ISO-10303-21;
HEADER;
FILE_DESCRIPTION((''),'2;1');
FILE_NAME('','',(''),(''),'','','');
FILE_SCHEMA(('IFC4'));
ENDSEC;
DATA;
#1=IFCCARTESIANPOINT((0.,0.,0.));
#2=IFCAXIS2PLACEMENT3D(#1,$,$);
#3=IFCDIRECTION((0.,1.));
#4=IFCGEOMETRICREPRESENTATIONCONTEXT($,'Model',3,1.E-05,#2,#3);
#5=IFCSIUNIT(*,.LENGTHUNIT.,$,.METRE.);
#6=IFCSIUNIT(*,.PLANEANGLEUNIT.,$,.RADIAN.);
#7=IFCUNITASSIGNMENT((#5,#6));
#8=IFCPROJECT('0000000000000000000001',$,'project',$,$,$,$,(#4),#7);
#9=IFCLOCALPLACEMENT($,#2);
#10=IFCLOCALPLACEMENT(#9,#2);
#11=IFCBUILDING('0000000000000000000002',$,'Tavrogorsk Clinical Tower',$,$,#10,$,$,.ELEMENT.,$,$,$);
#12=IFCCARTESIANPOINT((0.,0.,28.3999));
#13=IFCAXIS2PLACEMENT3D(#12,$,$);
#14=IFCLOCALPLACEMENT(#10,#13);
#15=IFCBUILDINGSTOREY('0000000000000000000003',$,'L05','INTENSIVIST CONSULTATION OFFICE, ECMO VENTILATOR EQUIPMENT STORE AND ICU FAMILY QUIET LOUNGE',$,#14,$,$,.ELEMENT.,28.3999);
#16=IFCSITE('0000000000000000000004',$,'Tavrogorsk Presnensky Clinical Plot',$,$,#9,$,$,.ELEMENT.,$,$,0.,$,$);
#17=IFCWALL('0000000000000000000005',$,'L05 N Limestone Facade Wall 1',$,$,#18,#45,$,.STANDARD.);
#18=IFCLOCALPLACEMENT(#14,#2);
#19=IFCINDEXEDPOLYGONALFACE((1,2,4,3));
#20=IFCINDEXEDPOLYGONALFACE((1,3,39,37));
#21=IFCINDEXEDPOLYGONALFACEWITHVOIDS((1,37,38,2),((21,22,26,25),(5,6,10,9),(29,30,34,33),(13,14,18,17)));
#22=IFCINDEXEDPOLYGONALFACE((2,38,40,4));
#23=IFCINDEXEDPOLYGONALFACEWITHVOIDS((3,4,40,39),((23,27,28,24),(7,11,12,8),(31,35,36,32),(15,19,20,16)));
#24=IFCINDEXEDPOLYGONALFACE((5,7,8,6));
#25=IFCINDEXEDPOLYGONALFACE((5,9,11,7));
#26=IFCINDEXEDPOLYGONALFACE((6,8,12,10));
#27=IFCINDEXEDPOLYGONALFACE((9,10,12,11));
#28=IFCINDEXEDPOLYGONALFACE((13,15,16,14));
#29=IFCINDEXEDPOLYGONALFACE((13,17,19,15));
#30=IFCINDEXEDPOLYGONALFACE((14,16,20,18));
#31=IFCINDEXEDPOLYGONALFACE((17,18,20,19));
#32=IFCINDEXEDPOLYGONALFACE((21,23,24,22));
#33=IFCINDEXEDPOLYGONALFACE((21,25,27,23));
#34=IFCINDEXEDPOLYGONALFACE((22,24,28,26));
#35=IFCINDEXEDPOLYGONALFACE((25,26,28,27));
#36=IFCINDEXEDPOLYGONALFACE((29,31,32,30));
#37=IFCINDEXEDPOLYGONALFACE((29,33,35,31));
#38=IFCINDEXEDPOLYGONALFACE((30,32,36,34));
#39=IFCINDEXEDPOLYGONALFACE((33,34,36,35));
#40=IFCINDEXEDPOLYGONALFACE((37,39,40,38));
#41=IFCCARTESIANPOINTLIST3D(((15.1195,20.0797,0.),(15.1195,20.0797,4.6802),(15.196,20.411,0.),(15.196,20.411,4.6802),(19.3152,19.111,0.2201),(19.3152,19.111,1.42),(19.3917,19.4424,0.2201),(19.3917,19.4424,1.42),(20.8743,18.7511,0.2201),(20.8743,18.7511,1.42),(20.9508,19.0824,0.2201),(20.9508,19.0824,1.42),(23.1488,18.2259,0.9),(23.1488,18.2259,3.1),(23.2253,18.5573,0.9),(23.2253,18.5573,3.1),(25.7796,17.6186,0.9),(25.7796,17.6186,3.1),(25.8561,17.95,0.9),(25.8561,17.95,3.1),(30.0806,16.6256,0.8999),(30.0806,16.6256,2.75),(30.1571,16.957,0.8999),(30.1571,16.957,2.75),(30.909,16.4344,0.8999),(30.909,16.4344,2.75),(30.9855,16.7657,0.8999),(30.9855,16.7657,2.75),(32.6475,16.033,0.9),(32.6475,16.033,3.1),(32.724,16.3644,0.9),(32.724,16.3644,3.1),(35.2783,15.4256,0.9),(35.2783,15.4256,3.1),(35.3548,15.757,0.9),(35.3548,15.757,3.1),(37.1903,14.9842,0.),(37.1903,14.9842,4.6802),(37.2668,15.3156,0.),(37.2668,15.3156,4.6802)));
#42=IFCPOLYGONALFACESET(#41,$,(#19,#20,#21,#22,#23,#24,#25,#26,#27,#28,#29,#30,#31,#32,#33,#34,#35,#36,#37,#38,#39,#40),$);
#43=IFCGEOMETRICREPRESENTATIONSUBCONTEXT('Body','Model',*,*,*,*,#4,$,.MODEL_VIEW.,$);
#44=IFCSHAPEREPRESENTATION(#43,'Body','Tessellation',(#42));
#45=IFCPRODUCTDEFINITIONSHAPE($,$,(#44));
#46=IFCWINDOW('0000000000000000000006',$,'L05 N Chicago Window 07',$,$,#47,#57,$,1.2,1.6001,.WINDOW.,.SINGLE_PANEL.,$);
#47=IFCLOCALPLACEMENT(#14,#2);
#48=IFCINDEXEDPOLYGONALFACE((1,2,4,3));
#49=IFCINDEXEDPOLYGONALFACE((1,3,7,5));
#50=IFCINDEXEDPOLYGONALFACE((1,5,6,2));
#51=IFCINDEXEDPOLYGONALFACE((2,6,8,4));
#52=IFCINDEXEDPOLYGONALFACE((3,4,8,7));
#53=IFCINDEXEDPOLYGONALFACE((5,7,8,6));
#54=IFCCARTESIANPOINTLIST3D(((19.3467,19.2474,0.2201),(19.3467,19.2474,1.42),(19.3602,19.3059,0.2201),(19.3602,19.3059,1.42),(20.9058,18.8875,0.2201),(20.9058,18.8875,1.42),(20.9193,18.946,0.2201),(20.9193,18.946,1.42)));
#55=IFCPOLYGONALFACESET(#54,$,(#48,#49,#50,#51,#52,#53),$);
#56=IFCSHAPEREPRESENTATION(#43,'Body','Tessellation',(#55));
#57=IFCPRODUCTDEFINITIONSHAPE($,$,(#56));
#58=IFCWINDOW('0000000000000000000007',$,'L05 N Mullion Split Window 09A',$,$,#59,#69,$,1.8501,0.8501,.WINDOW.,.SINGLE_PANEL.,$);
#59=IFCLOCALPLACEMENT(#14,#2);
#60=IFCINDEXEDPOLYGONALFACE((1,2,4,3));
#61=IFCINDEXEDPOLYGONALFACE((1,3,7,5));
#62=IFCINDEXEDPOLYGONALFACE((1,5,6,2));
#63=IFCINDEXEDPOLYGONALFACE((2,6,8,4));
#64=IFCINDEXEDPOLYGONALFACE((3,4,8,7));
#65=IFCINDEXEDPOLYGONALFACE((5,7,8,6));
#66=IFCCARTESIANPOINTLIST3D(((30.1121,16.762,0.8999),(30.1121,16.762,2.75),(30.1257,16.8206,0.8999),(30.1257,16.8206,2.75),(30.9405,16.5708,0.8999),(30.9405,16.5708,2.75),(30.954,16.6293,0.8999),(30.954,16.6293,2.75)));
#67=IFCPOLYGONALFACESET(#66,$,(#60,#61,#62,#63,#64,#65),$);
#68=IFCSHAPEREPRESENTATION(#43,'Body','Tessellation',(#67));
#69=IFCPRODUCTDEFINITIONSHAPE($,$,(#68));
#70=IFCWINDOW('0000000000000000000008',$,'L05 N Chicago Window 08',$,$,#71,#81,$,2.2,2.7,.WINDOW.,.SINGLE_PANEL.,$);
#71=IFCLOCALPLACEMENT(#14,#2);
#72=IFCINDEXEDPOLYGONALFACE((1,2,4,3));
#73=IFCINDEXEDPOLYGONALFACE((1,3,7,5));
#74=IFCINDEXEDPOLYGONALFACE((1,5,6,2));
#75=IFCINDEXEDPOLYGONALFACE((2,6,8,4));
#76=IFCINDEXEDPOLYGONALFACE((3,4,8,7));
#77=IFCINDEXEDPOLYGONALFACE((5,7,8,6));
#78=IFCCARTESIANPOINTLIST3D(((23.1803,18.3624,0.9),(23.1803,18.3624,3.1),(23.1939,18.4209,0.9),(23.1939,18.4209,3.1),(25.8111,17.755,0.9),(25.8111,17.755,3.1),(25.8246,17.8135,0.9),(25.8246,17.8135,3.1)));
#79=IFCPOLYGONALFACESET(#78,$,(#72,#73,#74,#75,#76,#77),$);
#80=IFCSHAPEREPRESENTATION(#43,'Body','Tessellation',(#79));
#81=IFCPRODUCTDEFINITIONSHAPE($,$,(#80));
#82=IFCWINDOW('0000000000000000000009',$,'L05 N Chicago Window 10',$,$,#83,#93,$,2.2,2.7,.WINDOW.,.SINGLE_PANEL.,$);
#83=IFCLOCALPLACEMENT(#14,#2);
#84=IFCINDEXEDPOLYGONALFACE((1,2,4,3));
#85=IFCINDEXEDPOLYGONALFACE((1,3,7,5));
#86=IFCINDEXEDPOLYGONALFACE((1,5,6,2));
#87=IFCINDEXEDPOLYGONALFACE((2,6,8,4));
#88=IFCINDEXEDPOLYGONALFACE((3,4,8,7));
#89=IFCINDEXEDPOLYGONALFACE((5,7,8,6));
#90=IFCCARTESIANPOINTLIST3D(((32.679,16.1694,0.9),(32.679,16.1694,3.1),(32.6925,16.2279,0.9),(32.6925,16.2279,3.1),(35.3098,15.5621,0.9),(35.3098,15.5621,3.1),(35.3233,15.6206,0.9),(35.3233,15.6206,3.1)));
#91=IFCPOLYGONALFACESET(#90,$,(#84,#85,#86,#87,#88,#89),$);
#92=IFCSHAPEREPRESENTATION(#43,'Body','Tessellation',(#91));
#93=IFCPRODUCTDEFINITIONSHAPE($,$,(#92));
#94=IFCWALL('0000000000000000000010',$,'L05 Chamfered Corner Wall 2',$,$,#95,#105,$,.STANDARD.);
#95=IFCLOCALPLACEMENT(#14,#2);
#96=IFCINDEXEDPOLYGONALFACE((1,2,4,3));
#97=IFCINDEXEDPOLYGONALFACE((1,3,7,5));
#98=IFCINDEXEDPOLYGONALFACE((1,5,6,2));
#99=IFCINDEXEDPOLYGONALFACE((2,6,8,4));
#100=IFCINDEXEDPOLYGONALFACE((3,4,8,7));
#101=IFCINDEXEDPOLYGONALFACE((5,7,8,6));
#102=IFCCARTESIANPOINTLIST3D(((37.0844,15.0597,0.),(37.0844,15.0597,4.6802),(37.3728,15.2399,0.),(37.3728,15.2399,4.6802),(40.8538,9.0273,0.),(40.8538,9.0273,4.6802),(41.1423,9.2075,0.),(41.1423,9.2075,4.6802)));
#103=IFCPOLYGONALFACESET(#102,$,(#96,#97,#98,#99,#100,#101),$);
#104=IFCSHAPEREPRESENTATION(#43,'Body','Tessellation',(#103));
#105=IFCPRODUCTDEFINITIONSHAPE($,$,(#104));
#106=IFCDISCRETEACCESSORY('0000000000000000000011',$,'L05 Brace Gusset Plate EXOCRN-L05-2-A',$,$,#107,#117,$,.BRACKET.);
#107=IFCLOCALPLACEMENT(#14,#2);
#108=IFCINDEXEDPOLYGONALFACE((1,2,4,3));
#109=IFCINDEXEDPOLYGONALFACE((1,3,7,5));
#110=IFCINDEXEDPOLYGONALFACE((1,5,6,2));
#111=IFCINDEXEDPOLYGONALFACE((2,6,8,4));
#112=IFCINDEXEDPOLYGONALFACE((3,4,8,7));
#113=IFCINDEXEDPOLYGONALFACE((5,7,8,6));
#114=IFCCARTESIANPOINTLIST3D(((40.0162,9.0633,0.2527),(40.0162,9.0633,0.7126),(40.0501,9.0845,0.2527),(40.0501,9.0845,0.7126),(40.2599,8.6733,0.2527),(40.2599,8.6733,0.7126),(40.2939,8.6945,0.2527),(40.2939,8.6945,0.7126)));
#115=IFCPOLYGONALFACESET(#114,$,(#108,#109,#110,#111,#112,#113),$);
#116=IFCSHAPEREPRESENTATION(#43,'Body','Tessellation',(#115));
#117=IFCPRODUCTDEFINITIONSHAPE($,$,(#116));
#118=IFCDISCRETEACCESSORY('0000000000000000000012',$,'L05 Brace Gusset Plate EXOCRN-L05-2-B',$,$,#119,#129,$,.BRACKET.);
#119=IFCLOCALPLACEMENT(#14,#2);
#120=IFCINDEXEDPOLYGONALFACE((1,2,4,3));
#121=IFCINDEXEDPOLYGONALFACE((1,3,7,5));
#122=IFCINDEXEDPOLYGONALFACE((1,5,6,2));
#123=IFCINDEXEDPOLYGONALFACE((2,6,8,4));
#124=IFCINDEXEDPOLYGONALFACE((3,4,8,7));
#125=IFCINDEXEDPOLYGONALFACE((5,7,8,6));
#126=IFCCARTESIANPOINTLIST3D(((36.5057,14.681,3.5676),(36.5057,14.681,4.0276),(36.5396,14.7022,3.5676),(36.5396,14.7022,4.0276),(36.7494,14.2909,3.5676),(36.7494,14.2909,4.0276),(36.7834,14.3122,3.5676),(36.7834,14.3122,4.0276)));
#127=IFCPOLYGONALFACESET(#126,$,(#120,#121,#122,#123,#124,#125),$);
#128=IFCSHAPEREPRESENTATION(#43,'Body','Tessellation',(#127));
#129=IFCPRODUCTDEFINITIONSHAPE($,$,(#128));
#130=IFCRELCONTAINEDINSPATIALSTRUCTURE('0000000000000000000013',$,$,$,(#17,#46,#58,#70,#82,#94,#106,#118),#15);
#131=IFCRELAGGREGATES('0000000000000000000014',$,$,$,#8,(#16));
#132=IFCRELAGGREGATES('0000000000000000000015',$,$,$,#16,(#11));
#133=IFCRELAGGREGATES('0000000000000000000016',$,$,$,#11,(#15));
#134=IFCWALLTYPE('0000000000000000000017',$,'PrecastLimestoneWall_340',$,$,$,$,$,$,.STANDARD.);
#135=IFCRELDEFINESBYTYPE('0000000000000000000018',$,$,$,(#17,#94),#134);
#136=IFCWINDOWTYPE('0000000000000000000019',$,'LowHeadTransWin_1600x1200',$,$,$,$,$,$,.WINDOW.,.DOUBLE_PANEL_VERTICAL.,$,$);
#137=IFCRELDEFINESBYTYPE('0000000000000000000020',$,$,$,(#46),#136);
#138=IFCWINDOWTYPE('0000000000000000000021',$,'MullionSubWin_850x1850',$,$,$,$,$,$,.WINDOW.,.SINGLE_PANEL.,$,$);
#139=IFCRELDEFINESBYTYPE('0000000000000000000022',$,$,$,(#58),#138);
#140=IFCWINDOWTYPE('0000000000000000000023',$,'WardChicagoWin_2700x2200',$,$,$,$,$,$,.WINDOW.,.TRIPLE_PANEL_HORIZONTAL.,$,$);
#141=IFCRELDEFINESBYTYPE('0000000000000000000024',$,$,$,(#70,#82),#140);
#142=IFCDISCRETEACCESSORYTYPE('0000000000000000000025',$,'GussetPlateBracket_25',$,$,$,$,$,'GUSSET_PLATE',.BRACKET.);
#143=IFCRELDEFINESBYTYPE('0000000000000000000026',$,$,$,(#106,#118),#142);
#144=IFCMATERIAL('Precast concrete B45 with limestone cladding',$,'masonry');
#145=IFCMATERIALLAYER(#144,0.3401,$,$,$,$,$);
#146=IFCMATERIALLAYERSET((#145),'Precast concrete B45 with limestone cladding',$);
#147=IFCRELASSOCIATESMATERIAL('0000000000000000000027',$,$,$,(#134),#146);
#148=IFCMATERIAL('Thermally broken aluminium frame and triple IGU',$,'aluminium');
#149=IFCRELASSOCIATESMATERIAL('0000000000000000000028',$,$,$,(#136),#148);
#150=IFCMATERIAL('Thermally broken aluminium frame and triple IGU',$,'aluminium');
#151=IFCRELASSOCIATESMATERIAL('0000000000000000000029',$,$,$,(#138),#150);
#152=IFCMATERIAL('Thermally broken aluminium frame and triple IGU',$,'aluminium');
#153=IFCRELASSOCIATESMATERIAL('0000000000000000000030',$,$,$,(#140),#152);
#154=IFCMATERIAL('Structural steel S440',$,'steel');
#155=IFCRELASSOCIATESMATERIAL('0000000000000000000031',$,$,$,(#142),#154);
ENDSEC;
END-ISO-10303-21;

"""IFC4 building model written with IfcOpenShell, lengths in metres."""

from ifc_helpers import new_model, si_unit, direction, frame, frame_2d, origin, origin_2d, place, context, subcontext, project, spatial, rectangle, extrude, material, layer, layer_set, type_object, element, fill, save


model = new_model("IFC4")

# Units and contexts
model_context = context("Model", 3, precision=1e-05, world=origin(), true_north=direction((0.0, 1.0)))
body_context = subcontext(model_context, "Body", "Model", "MODEL_VIEW")
ifc_project = project(units=[si_unit("LENGTHUNIT", "METRE"), si_unit("PLANEANGLEUNIT", "RADIAN")], contexts=[model_context])

# Site, building, storey
site_placement = place(None, origin())
site = spatial("IfcSite", under=ifc_project, at=site_placement, Name="Tavrogorsk Presnensky Clinical Plot", CompositionType="ELEMENT", RefElevation=0.0)
building_placement = place(site_placement, origin())
building = spatial("IfcBuilding", under=site, at=building_placement, Name="Tavrogorsk Clinical Tower", CompositionType="ELEMENT")
storey_placement = place(building_placement, frame((0.0, 0.0, 28.3999)))
storey = spatial("IfcBuildingStorey", under=building, at=storey_placement, Name="L05", Description="INTENSIVIST CONSULTATION OFFICE, ECMO VENTILATOR EQUIPMENT STORE AND ICU FAMILY QUIET LOUNGE", CompositionType="ELEMENT", Elevation=28.3999)

# Wall, openings, windows
ifc_material_1 = material(Name="Precast concrete B45 with limestone cladding", Category="masonry")
ifc_layer_1 = layer(ifc_material_1, 0.3401)
ifc_layer_set_1 = layer_set([ifc_layer_1], Name="Precast concrete B45 with limestone cladding")
wall_type_1 = type_object("IfcWallType", Name="PrecastLimestoneWall_340", PredefinedType="STANDARD", material=ifc_layer_set_1)
wall_1_placement = place(storey_placement, frame((37.2285, 15.1499, 0.0), z_axis=(0.0, 0.0, 1.0), x_axis=(-0.97437, 0.224952, 0.0)))
wall_1 = element("IfcWall", 1, at=wall_1_placement, inside=storey, type_object=wall_type_1, Name="L05 N Limestone Facade Wall 1", PredefinedType="STANDARD", context=body_context, shape_type="SweptSolid", body=[
    extrude(rectangle(XDim=22.6514, YDim=0.3401, at=frame_2d((11.3257, 0.0))), origin(), (0.0, 0.0, 1.0), 4.6802),
])
opening_1_placement = place(wall_1_placement, frame((16.7451, 0.0, 0.22)))
opening_1 = element("IfcOpeningElement", 2, at=opening_1_placement, cuts=wall_1, PredefinedType="OPENING", context=body_context, shape_type="SweptSolid", body=[
    extrude(rectangle(XDim=1.6001, YDim=1.2, at=frame_2d((0.8, 0.6001))), frame((0.0, 0.1799, 0.0), z_axis=(0.0, -1.0, 0.0), x_axis=(1.0, 0.0, 0.0)), (0.0, 0.0, 1.0), 0.3601),
])
opening_2_placement = place(wall_1_placement, frame((11.7107, 0.0, 0.8999)))
opening_2 = element("IfcOpeningElement", 3, at=opening_2_placement, cuts=wall_1, PredefinedType="OPENING", context=body_context, shape_type="SweptSolid", body=[
    extrude(rectangle(XDim=2.7, YDim=2.2, at=frame_2d((1.3501, 1.1001))), frame((0.0, 0.1799, 0.0), z_axis=(0.0, -1.0, 0.0), x_axis=(1.0, 0.0, 0.0)), (0.0, 0.0, 1.0), 0.3601),
])
opening_3_placement = place(wall_1_placement, frame((6.4465, 0.0, 0.8999)))
opening_3 = element("IfcOpeningElement", 4, at=opening_3_placement, cuts=wall_1, PredefinedType="OPENING", context=body_context, shape_type="SweptSolid", body=[
    extrude(rectangle(XDim=0.8501, YDim=1.8501, at=frame_2d((0.425, 0.925))), frame((0.0, 0.1799, 0.0), z_axis=(0.0, -1.0, 0.0), x_axis=(1.0, 0.0, 0.0)), (0.0, 0.0, 1.0), 0.3601),
])
opening_4_placement = place(wall_1_placement, frame((1.9622, 0.0, 0.8999)))
opening_4 = element("IfcOpeningElement", 5, at=opening_4_placement, cuts=wall_1, PredefinedType="OPENING", context=body_context, shape_type="SweptSolid", body=[
    extrude(rectangle(XDim=2.7, YDim=2.2, at=frame_2d((1.3501, 1.1001))), frame((0.0, 0.1799, 0.0), z_axis=(0.0, -1.0, 0.0), x_axis=(1.0, 0.0, 0.0)), (0.0, 0.0, 1.0), 0.3601),
])
ifc_material_2 = material(Name="Thermally broken aluminium frame and triple IGU", Category="aluminium")
window_type_1 = type_object("IfcWindowType", Name="LowHeadTransWin_1600x1200", PartitioningType="DOUBLE_PANEL_VERTICAL", PredefinedType="WINDOW", material=ifc_material_2)
window_1_placement = place(opening_1_placement, origin())
window_1 = element("IfcWindow", 6, at=window_1_placement, inside=storey, type_object=window_type_1, Name="L05 N Chicago Window 07", OverallHeight=1.2, OverallWidth=1.6001, PartitioningType="SINGLE_PANEL", PredefinedType="WINDOW", context=body_context, shape_type="SweptSolid", body=[
    extrude(rectangle(XDim=1.6001, YDim=1.2, at=frame_2d((0.8, 0.6001))), frame((0.0, 0.03, 0.0), z_axis=(0.0, -1.0, 0.0), x_axis=(1.0, 0.0, 0.0)), (0.0, 0.0, 1.0), 0.0601),
])
fill(opening_1, window_1)
ifc_material_3 = material(Name="Thermally broken aluminium frame and triple IGU", Category="aluminium")
window_type_2 = type_object("IfcWindowType", Name="MullionSubWin_850x1850", PartitioningType="SINGLE_PANEL", PredefinedType="WINDOW", material=ifc_material_3)
window_2_placement = place(opening_3_placement, origin())
window_2 = element("IfcWindow", 7, at=window_2_placement, inside=storey, type_object=window_type_2, Name="L05 N Mullion Split Window 09A", OverallHeight=1.8501, OverallWidth=0.8501, PartitioningType="SINGLE_PANEL", PredefinedType="WINDOW", context=body_context, shape_type="SweptSolid", body=[
    extrude(rectangle(XDim=0.8501, YDim=1.8501, at=frame_2d((0.425, 0.925))), frame((0.0, 0.03, 0.0), z_axis=(0.0, -1.0, 0.0), x_axis=(1.0, 0.0, 0.0)), (0.0, 0.0, 1.0), 0.0601),
])
fill(opening_3, window_2)
ifc_material_4 = material(Name="Thermally broken aluminium frame and triple IGU", Category="aluminium")
window_type_3 = type_object("IfcWindowType", Name="WardChicagoWin_2700x2200", PartitioningType="TRIPLE_PANEL_HORIZONTAL", PredefinedType="WINDOW", material=ifc_material_4)
window_3_placement = place(opening_2_placement, origin())
window_3 = element("IfcWindow", 8, at=window_3_placement, inside=storey, type_object=window_type_3, Name="L05 N Chicago Window 08", OverallHeight=2.2, OverallWidth=2.7, PartitioningType="SINGLE_PANEL", PredefinedType="WINDOW", context=body_context, shape_type="SweptSolid", body=[
    extrude(rectangle(XDim=2.7, YDim=2.2, at=frame_2d((1.3501, 1.1001))), frame((0.0, 0.03, 0.0), z_axis=(0.0, -1.0, 0.0), x_axis=(1.0, 0.0, 0.0)), (0.0, 0.0, 1.0), 0.0601),
])
fill(opening_2, window_3)
window_4_placement = place(opening_4_placement, origin())
window_4 = element("IfcWindow", 9, at=window_4_placement, inside=storey, type_object=window_type_3, Name="L05 N Chicago Window 10", OverallHeight=2.2, OverallWidth=2.7, PartitioningType="SINGLE_PANEL", PredefinedType="WINDOW", context=body_context, shape_type="SweptSolid", body=[
    extrude(rectangle(XDim=2.7, YDim=2.2, at=frame_2d((1.3501, 1.1001))), frame((0.0, 0.03, 0.0), z_axis=(0.0, -1.0, 0.0), x_axis=(1.0, 0.0, 0.0)), (0.0, 0.0, 1.0), 0.0601),
])
fill(opening_4, window_4)

# Wall
wall_2_placement = place(storey_placement, frame((40.998, 9.1174, 0.0), z_axis=(0.0, 0.0, 1.0), x_axis=(-0.529922, 0.848047, 0.0)))
element("IfcWall", 10, at=wall_2_placement, inside=storey, type_object=wall_type_1, Name="L05 Chamfered Corner Wall 2", PredefinedType="STANDARD", context=body_context, shape_type="SweptSolid", body=[
    extrude(rectangle(XDim=7.1133, YDim=0.3401, at=frame_2d((3.5566, 0.0))), origin(), (0.0, 0.0, 1.0), 4.6802),
])

# Discrete accessories
ifc_material_5 = material(Name="Structural steel S440", Category="steel")
discrete_accessory_type = type_object("IfcDiscreteAccessoryType", Name="GussetPlateBracket_25", ElementType="GUSSET_PLATE", PredefinedType="BRACKET", material=ifc_material_5)
for number, where, z_axis, x_axis, name in (
    (11, (40.155, 8.8789, 0.2527), (0.0, 0.0, 1.0), (-0.529919, 0.848048, 0.0), "L05 Brace Gusset Plate EXOCRN-L05-2-A"),
    (12, (36.6445, 14.4966, 3.5676), (0.0, 0.0, 1.0), (-0.529919, 0.848048, 0.0), "L05 Brace Gusset Plate EXOCRN-L05-2-B"),
):
    element("IfcDiscreteAccessory", number, at=place(storey_placement, frame(where, z_axis=z_axis, x_axis=x_axis)), inside=storey, type_object=discrete_accessory_type, Name=name, PredefinedType="BRACKET", context=body_context, shape_type="SweptSolid", body=[
        extrude(rectangle(XDim=0.46, YDim=0.04, at=origin_2d()), origin(), (0.0, 0.0, 1.0), 0.46),
    ])

save(model, "model.ifc")
